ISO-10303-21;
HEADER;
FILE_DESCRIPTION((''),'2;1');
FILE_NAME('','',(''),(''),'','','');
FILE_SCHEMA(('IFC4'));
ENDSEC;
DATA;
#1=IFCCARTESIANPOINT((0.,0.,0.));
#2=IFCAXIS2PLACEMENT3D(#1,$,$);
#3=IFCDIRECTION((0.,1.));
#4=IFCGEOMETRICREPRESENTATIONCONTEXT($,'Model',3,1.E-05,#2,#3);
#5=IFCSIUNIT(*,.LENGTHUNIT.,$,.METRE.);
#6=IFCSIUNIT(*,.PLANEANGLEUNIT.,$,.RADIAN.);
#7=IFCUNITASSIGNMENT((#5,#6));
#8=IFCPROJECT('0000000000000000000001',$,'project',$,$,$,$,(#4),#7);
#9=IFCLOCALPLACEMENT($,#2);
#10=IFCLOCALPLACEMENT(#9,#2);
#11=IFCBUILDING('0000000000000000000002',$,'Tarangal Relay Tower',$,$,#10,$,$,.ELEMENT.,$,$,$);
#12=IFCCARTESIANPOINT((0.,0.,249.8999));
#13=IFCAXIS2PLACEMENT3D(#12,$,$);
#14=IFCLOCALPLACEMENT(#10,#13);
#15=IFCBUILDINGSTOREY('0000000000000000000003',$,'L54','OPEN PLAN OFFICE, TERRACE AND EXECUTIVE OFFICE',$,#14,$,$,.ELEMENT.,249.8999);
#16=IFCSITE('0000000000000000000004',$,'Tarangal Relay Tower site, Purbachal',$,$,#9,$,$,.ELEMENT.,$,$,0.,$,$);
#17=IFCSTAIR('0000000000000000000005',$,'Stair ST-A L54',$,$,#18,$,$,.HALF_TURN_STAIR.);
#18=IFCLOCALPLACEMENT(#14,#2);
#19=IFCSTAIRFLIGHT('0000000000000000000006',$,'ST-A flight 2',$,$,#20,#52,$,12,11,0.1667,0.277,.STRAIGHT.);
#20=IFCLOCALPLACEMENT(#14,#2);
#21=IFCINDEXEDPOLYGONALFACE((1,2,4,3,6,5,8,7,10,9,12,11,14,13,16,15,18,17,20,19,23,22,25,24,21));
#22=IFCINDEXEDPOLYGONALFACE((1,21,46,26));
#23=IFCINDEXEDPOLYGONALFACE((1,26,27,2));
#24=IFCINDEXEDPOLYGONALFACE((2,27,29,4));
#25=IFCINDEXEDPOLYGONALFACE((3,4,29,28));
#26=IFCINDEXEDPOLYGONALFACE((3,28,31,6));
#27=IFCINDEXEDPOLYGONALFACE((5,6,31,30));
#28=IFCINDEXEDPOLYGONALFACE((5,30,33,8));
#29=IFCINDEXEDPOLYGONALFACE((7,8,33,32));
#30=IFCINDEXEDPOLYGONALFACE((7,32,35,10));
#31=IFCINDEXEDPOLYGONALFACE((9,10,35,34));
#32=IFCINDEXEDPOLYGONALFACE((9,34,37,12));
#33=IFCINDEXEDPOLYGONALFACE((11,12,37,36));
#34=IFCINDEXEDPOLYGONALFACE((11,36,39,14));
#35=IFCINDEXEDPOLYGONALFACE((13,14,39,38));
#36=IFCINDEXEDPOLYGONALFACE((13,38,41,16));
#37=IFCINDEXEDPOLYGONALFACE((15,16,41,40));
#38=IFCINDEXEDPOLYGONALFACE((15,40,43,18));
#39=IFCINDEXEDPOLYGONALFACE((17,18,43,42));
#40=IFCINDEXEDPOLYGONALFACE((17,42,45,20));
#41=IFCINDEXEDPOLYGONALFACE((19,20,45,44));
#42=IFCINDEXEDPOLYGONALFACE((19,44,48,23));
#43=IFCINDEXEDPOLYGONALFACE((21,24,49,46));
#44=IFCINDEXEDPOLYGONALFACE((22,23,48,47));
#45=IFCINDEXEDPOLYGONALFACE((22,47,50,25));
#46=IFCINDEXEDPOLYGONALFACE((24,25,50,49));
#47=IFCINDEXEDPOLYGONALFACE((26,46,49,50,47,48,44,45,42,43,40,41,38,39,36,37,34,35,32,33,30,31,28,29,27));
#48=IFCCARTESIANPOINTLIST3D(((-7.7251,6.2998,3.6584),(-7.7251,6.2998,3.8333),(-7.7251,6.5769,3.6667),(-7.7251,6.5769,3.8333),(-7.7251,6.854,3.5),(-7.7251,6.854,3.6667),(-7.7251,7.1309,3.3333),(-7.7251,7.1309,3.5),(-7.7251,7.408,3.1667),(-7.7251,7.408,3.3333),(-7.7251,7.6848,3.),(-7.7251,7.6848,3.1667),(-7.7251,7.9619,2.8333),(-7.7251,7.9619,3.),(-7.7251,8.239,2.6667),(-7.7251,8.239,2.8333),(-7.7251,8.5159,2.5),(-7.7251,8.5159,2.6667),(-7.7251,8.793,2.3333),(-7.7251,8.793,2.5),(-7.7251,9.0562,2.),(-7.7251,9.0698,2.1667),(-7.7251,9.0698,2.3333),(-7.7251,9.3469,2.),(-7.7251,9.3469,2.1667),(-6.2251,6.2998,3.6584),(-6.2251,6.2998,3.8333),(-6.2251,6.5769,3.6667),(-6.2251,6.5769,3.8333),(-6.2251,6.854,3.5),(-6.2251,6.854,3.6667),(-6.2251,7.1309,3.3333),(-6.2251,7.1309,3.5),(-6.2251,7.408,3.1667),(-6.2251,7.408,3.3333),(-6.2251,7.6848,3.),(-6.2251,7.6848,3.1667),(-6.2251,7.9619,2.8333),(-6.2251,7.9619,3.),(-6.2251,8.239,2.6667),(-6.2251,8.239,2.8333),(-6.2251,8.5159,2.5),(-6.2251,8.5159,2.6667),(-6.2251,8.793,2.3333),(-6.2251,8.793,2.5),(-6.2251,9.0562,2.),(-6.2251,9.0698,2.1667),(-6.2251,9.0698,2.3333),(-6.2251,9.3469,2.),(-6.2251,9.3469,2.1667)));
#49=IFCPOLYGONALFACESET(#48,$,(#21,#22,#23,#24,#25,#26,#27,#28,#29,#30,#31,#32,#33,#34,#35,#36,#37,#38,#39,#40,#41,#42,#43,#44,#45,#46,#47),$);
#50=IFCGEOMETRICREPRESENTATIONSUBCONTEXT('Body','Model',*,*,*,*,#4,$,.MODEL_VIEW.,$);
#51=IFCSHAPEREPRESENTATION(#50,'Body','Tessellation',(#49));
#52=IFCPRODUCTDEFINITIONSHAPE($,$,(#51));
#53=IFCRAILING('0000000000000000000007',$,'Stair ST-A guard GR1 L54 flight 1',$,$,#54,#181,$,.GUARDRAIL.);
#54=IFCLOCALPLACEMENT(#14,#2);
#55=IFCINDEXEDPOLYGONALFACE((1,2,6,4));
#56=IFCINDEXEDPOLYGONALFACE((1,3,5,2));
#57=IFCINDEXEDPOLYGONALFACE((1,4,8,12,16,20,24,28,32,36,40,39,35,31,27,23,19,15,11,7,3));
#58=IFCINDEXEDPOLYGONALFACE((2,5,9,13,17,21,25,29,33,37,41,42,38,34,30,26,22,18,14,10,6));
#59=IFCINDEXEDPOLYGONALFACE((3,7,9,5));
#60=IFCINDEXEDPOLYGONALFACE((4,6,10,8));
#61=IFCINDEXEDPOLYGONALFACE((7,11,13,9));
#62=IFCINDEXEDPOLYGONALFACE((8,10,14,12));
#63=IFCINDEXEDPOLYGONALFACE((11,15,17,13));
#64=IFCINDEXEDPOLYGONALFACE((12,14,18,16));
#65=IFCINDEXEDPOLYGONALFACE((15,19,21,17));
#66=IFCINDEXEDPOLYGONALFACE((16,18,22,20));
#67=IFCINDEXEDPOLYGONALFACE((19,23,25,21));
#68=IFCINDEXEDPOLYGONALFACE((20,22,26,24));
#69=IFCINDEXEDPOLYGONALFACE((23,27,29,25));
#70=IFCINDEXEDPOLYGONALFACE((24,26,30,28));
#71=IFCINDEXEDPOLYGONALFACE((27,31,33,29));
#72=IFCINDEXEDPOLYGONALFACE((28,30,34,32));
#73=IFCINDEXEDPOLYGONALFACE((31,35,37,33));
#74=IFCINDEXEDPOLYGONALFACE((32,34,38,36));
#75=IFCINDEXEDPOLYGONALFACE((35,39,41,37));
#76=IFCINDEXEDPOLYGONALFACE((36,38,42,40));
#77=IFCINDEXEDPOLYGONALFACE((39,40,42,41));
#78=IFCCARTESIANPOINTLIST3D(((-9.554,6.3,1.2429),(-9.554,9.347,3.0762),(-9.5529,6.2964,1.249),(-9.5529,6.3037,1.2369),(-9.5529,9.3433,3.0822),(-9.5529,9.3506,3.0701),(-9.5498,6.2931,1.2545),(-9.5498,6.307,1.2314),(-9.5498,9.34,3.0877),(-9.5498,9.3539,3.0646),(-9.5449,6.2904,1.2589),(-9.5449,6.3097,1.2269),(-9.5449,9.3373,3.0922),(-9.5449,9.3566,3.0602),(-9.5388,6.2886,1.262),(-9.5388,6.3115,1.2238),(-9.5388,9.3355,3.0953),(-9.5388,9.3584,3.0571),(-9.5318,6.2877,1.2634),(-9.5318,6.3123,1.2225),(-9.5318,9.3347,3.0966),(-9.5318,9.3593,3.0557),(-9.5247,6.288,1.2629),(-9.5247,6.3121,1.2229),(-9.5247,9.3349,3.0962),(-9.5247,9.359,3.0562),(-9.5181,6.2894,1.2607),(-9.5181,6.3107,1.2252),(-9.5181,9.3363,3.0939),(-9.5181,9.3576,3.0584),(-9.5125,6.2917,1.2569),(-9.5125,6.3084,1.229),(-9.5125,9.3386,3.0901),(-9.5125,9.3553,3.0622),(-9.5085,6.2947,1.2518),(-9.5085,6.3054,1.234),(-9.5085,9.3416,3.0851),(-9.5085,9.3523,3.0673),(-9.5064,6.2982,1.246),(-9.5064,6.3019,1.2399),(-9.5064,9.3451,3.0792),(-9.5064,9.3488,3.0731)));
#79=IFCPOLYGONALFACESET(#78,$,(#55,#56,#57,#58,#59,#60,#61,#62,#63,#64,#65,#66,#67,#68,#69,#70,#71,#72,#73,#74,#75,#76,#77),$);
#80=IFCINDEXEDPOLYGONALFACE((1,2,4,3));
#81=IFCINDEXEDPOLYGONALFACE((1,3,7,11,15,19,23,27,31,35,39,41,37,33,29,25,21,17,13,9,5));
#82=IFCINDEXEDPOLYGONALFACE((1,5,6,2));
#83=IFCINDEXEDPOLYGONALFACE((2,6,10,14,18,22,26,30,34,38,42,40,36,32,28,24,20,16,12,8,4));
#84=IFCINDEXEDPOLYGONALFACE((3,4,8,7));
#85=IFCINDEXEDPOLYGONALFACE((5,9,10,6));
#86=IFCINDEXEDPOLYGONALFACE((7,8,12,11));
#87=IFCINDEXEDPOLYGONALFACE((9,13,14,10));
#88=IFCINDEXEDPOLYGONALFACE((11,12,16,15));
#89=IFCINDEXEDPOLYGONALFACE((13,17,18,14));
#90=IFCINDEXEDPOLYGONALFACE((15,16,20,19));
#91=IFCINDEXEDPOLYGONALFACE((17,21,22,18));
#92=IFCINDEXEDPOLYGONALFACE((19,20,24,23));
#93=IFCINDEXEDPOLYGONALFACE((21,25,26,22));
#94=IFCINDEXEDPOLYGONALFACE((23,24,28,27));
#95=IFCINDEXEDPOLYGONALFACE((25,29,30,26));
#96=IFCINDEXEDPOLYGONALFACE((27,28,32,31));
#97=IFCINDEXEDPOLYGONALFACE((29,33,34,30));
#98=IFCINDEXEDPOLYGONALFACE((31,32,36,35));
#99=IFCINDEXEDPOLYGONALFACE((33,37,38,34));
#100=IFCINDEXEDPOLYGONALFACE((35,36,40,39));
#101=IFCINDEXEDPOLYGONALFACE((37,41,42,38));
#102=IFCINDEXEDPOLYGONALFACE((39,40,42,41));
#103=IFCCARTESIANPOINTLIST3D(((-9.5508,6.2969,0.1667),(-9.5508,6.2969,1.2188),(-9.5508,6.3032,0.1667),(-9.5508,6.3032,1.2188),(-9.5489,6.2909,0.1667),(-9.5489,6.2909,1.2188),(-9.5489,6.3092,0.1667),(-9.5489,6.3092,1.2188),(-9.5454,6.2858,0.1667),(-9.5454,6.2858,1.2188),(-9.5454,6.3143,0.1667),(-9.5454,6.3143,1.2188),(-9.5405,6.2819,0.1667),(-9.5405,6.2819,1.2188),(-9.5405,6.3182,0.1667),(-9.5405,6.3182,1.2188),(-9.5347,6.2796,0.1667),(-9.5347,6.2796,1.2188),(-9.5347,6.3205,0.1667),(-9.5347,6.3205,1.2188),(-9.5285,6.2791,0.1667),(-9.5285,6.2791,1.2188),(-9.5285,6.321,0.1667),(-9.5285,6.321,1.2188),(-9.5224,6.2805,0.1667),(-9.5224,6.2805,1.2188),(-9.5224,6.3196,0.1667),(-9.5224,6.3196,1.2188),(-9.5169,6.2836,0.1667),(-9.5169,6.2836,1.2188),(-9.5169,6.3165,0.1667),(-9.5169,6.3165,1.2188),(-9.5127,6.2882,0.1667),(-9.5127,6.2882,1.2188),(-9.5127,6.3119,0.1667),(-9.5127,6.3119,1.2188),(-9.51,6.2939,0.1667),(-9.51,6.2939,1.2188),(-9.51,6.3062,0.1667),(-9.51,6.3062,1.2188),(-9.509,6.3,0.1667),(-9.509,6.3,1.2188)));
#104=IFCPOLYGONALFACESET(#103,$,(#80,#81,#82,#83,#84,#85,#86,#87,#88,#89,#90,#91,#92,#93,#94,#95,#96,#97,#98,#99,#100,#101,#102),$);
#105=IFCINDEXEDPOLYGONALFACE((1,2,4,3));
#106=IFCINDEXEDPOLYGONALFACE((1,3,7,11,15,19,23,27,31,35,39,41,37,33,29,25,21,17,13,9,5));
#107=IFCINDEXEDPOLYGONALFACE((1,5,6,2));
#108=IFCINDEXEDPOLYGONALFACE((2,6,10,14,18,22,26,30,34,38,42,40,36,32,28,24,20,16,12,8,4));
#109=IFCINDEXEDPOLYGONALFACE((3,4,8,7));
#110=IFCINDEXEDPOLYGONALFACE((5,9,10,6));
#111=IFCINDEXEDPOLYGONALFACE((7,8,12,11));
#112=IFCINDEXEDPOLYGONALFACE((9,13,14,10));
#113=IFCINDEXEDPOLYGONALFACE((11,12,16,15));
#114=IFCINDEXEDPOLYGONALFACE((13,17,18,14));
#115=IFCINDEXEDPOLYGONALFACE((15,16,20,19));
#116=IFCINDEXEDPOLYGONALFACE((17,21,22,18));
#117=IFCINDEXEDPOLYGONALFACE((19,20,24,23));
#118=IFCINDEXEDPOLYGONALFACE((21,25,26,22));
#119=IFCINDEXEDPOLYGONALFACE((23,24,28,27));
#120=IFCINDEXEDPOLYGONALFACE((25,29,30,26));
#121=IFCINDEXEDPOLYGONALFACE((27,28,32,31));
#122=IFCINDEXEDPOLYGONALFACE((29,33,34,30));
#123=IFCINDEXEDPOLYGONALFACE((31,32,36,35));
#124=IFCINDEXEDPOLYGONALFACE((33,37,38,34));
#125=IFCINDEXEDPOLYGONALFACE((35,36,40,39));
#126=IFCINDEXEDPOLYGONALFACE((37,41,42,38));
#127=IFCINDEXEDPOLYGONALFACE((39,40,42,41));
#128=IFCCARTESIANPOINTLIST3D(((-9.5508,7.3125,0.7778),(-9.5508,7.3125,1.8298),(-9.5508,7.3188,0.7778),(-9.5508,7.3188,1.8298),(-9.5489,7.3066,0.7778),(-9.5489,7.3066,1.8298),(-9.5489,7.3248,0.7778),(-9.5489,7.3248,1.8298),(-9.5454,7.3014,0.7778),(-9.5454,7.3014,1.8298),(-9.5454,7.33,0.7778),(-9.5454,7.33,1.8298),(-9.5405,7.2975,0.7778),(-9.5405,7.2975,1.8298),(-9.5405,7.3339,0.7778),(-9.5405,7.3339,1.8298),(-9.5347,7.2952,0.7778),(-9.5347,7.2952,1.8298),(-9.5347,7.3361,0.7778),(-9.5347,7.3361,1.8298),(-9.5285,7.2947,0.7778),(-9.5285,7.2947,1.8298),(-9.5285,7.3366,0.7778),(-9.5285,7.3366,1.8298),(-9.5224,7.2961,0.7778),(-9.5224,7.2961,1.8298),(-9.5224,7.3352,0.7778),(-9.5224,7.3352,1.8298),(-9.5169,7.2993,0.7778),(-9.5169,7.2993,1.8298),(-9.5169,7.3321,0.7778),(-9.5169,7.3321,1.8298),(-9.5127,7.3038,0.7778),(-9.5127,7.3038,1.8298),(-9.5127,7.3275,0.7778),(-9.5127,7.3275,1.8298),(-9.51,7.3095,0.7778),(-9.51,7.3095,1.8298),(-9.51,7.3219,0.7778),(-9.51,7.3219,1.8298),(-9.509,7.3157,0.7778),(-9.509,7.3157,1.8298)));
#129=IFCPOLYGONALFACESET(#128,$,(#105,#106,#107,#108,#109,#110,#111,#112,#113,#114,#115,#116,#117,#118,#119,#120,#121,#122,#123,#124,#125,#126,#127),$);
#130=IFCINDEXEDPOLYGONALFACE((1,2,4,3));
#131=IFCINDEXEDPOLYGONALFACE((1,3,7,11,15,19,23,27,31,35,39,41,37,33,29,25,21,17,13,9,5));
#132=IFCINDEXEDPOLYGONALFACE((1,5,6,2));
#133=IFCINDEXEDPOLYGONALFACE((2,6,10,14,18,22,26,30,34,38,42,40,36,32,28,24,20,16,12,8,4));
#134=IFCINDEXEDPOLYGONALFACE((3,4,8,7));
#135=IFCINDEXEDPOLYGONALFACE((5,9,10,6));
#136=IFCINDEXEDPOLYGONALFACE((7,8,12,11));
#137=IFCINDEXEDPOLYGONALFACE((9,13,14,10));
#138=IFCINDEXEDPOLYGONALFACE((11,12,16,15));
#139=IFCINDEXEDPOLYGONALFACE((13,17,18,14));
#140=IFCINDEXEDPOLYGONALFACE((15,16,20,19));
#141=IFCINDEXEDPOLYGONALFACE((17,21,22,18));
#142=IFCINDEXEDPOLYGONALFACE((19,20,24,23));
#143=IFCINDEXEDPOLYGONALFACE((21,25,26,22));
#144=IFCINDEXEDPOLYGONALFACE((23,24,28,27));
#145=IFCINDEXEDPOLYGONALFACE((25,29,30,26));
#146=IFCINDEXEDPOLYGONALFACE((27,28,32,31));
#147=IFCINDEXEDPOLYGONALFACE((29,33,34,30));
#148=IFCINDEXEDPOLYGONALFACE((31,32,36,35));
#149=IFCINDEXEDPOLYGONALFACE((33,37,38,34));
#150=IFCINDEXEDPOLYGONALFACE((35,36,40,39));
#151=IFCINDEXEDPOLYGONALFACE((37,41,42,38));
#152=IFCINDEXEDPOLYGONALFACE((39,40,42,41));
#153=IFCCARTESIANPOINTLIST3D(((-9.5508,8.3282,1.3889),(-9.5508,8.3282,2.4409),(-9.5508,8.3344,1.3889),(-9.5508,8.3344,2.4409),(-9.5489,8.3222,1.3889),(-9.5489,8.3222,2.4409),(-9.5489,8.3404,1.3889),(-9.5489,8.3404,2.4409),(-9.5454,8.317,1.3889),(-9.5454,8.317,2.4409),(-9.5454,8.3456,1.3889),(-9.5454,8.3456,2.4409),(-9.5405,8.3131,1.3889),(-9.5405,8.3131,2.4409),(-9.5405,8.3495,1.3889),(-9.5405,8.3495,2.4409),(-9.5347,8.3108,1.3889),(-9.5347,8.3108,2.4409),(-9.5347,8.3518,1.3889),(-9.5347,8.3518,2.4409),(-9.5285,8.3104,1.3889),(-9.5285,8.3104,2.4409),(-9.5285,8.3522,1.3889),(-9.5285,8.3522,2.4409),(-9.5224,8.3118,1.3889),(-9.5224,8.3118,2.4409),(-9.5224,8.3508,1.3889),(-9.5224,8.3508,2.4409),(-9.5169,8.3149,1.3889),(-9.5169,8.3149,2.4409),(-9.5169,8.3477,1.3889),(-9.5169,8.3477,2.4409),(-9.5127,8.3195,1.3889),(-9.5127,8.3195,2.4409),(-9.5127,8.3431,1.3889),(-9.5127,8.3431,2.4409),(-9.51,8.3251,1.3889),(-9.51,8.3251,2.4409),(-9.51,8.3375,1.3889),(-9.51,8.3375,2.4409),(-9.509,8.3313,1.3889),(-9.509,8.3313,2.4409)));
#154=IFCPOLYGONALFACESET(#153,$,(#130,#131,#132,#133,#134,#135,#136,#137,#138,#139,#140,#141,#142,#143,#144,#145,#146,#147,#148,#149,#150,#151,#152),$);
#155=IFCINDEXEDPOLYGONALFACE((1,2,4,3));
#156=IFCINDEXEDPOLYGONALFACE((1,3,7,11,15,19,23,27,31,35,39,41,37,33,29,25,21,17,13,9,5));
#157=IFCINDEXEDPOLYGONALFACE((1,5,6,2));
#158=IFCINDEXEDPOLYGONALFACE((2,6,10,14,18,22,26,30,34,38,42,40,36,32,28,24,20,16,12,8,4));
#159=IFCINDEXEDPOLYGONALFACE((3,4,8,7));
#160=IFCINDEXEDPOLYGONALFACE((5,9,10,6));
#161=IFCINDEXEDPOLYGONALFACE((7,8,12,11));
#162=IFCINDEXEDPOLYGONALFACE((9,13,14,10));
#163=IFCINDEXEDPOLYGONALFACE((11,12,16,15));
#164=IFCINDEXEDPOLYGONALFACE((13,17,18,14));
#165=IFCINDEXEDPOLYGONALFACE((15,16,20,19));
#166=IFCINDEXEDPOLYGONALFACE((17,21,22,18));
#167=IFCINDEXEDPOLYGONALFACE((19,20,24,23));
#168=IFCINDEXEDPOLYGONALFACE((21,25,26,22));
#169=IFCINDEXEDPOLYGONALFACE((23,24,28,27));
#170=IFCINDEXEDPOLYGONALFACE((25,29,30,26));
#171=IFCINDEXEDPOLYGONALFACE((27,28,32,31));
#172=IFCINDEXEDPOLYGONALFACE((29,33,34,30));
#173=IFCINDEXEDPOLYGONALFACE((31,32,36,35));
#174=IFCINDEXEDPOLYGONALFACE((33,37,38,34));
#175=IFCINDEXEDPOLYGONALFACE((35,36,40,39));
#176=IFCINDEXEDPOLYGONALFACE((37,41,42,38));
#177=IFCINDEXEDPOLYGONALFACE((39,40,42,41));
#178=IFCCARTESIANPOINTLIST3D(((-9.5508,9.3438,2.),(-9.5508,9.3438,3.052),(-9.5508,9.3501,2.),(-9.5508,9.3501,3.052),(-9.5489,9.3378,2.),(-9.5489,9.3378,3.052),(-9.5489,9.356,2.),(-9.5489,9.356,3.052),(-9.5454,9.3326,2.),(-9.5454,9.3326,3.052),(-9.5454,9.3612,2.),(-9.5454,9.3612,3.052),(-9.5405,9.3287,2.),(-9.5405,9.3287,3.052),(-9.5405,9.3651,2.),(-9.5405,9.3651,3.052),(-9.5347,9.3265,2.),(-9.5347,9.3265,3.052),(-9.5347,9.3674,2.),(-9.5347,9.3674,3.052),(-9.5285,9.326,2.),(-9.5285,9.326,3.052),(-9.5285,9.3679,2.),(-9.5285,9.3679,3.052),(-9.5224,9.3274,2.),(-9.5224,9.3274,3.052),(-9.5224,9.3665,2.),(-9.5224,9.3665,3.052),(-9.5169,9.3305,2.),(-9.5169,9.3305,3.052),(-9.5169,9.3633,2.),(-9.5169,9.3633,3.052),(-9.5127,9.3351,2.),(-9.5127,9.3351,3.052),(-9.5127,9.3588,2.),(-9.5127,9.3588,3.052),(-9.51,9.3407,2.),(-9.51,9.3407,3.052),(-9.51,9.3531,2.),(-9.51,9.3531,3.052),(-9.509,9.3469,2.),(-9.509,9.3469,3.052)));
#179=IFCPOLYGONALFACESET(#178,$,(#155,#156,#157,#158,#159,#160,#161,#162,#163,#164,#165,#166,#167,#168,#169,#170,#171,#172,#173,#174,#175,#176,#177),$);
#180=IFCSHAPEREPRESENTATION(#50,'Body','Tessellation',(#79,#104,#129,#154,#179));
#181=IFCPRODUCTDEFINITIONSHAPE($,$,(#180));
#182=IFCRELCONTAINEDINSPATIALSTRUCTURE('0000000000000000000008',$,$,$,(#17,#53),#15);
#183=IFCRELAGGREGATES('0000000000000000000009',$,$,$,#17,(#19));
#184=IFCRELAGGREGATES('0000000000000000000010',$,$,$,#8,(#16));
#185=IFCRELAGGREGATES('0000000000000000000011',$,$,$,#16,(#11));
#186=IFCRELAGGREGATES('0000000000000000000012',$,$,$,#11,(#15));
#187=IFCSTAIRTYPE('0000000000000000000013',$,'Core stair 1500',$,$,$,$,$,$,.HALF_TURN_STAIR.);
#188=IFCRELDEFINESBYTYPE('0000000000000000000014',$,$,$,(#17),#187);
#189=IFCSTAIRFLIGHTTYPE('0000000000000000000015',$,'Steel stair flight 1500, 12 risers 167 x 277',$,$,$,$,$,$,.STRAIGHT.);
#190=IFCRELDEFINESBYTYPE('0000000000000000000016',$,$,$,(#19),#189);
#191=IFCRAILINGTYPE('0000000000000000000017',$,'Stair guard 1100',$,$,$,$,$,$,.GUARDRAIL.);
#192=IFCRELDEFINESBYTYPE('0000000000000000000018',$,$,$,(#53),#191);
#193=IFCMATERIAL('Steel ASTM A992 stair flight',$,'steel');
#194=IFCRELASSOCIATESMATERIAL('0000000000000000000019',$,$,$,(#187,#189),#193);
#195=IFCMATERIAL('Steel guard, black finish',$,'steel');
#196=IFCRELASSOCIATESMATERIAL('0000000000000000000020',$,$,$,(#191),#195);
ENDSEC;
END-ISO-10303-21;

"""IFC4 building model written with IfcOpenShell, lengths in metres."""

from ifc_helpers import new_model, si_unit, direction, frame, origin, origin_2d, place, context, subcontext, project, spatial, polyline, circle, outline, extrude, material, type_object, element, aggregate, save


model = new_model("IFC4")

# Units and contexts
model_context = context("Model", 3, precision=1e-05, world=origin(), true_north=direction((0.0, 1.0)))
body_context = subcontext(model_context, "Body", "Model", "MODEL_VIEW")
ifc_project = project(units=[si_unit("LENGTHUNIT", "METRE"), si_unit("PLANEANGLEUNIT", "RADIAN")], contexts=[model_context])

# Site, building, storey
site_placement = place(None, origin())
site = spatial("IfcSite", under=ifc_project, at=site_placement, Name="Tarangal Relay Tower site, Purbachal", CompositionType="ELEMENT", RefElevation=0.0)
building_placement = place(site_placement, origin())
building = spatial("IfcBuilding", under=site, at=building_placement, Name="Tarangal Relay Tower", CompositionType="ELEMENT")
storey_placement = place(building_placement, frame((0.0, 0.0, 249.8999)))
storey = spatial("IfcBuildingStorey", under=building, at=storey_placement, Name="L54", Description="OPEN PLAN OFFICE, TERRACE AND EXECUTIVE OFFICE", CompositionType="ELEMENT", Elevation=249.8999)

# Stair, stair flight
ifc_material_1 = material(Name="Steel ASTM A992 stair flight", Category="steel")
stair_type = type_object("IfcStairType", Name="Core stair 1500", PredefinedType="HALF_TURN_STAIR", material=ifc_material_1)
stair_placement = place(storey_placement, origin())
stair = element("IfcStair", 1, at=stair_placement, inside=storey, type_object=stair_type, Name="Stair ST-A L54", PredefinedType="HALF_TURN_STAIR")
stair_flight_type = type_object("IfcStairFlightType", Name="Steel stair flight 1500, 12 risers 167 x 277", PredefinedType="STRAIGHT", material=ifc_material_1)
stair_flight_1_placement = place(storey_placement, frame((-6.9751, 9.3469, 2.0), z_axis=(0.0, 0.0, 1.0), x_axis=(0.0, -1.0, 0.0)))
stair_flight_1 = element("IfcStairFlight", 2, at=stair_flight_1_placement, type_object=stair_flight_type, Name="ST-A flight 2", NumberOfRisers=12, NumberOfTreads=11, PredefinedType="STRAIGHT", RiserHeight=0.1667, TreadLength=0.277, context=body_context, shape_type="SweptSolid", body=[
    extrude(outline(polyline([(0.0, 0.0), (0.0, 0.1667), (0.2771, 0.1667), (0.2771, 0.3333), (0.554, 0.3333), (0.554, 0.5), (0.8311, 0.5), (0.8311, 0.6667), (1.1079, 0.6667), (1.1079, 0.8333), (1.385, 0.8333), (1.385, 1.0), (1.6621, 1.0), (1.6621, 1.1667), (1.939, 1.1667), (1.939, 1.3333), (2.2161, 1.3333), (2.2161, 1.5), (2.4929, 1.5), (2.4929, 1.6667), (2.77, 1.6667), (2.77, 1.8333), (3.0471, 1.8333), (3.0471, 2.0), (3.0471, 1.6584), (0.2908, 0.0), (0.0, 0.0)])), frame((0.0, 0.75, 0.0), z_axis=(0.0, -1.0, 0.0), x_axis=(1.0, 0.0, 0.0)), (0.0, 0.0, 1.0), 1.5),
])
aggregate(stair, [stair_flight_1])

# Railing
ifc_material_2 = material(Name="Steel guard, black finish", Category="steel")
railing_type_1 = type_object("IfcRailingType", Name="Stair guard 1100", PredefinedType="GUARDRAIL", material=ifc_material_2)
railing_1_placement = place(storey_placement, frame((-9.53, 6.3, 0.1667)))
element("IfcRailing", 3, at=railing_1_placement, inside=storey, type_object=railing_type_1, Name="Stair ST-A guard GR1 L54 flight 1", PredefinedType="GUARDRAIL", context=body_context, shape_type="SweptSolid", body=[
    extrude(circle(Radius=0.0239, at=origin_2d()), frame((0.0, 0.0, 1.0762), z_axis=(0.0, 0.856856, 0.515556), x_axis=(-1.0, 0.0, 0.0)), (0.0, 0.0, 1.0), 3.5559),
    extrude(circle(Radius=0.021, at=origin_2d()), origin(), (0.0, 0.0, 1.0), 1.052),
    extrude(circle(Radius=0.021, at=origin_2d()), frame((0.0, 1.0156, 0.6111)), (0.0, 0.0, 1.0), 1.052),
    extrude(circle(Radius=0.021, at=origin_2d()), frame((0.0, 2.0312, 1.2222)), (0.0, 0.0, 1.0), 1.052),
    extrude(circle(Radius=0.021, at=origin_2d()), frame((0.0, 3.0469, 1.8333)), (0.0, 0.0, 1.0), 1.052),
])

save(model, "model.ifc")
